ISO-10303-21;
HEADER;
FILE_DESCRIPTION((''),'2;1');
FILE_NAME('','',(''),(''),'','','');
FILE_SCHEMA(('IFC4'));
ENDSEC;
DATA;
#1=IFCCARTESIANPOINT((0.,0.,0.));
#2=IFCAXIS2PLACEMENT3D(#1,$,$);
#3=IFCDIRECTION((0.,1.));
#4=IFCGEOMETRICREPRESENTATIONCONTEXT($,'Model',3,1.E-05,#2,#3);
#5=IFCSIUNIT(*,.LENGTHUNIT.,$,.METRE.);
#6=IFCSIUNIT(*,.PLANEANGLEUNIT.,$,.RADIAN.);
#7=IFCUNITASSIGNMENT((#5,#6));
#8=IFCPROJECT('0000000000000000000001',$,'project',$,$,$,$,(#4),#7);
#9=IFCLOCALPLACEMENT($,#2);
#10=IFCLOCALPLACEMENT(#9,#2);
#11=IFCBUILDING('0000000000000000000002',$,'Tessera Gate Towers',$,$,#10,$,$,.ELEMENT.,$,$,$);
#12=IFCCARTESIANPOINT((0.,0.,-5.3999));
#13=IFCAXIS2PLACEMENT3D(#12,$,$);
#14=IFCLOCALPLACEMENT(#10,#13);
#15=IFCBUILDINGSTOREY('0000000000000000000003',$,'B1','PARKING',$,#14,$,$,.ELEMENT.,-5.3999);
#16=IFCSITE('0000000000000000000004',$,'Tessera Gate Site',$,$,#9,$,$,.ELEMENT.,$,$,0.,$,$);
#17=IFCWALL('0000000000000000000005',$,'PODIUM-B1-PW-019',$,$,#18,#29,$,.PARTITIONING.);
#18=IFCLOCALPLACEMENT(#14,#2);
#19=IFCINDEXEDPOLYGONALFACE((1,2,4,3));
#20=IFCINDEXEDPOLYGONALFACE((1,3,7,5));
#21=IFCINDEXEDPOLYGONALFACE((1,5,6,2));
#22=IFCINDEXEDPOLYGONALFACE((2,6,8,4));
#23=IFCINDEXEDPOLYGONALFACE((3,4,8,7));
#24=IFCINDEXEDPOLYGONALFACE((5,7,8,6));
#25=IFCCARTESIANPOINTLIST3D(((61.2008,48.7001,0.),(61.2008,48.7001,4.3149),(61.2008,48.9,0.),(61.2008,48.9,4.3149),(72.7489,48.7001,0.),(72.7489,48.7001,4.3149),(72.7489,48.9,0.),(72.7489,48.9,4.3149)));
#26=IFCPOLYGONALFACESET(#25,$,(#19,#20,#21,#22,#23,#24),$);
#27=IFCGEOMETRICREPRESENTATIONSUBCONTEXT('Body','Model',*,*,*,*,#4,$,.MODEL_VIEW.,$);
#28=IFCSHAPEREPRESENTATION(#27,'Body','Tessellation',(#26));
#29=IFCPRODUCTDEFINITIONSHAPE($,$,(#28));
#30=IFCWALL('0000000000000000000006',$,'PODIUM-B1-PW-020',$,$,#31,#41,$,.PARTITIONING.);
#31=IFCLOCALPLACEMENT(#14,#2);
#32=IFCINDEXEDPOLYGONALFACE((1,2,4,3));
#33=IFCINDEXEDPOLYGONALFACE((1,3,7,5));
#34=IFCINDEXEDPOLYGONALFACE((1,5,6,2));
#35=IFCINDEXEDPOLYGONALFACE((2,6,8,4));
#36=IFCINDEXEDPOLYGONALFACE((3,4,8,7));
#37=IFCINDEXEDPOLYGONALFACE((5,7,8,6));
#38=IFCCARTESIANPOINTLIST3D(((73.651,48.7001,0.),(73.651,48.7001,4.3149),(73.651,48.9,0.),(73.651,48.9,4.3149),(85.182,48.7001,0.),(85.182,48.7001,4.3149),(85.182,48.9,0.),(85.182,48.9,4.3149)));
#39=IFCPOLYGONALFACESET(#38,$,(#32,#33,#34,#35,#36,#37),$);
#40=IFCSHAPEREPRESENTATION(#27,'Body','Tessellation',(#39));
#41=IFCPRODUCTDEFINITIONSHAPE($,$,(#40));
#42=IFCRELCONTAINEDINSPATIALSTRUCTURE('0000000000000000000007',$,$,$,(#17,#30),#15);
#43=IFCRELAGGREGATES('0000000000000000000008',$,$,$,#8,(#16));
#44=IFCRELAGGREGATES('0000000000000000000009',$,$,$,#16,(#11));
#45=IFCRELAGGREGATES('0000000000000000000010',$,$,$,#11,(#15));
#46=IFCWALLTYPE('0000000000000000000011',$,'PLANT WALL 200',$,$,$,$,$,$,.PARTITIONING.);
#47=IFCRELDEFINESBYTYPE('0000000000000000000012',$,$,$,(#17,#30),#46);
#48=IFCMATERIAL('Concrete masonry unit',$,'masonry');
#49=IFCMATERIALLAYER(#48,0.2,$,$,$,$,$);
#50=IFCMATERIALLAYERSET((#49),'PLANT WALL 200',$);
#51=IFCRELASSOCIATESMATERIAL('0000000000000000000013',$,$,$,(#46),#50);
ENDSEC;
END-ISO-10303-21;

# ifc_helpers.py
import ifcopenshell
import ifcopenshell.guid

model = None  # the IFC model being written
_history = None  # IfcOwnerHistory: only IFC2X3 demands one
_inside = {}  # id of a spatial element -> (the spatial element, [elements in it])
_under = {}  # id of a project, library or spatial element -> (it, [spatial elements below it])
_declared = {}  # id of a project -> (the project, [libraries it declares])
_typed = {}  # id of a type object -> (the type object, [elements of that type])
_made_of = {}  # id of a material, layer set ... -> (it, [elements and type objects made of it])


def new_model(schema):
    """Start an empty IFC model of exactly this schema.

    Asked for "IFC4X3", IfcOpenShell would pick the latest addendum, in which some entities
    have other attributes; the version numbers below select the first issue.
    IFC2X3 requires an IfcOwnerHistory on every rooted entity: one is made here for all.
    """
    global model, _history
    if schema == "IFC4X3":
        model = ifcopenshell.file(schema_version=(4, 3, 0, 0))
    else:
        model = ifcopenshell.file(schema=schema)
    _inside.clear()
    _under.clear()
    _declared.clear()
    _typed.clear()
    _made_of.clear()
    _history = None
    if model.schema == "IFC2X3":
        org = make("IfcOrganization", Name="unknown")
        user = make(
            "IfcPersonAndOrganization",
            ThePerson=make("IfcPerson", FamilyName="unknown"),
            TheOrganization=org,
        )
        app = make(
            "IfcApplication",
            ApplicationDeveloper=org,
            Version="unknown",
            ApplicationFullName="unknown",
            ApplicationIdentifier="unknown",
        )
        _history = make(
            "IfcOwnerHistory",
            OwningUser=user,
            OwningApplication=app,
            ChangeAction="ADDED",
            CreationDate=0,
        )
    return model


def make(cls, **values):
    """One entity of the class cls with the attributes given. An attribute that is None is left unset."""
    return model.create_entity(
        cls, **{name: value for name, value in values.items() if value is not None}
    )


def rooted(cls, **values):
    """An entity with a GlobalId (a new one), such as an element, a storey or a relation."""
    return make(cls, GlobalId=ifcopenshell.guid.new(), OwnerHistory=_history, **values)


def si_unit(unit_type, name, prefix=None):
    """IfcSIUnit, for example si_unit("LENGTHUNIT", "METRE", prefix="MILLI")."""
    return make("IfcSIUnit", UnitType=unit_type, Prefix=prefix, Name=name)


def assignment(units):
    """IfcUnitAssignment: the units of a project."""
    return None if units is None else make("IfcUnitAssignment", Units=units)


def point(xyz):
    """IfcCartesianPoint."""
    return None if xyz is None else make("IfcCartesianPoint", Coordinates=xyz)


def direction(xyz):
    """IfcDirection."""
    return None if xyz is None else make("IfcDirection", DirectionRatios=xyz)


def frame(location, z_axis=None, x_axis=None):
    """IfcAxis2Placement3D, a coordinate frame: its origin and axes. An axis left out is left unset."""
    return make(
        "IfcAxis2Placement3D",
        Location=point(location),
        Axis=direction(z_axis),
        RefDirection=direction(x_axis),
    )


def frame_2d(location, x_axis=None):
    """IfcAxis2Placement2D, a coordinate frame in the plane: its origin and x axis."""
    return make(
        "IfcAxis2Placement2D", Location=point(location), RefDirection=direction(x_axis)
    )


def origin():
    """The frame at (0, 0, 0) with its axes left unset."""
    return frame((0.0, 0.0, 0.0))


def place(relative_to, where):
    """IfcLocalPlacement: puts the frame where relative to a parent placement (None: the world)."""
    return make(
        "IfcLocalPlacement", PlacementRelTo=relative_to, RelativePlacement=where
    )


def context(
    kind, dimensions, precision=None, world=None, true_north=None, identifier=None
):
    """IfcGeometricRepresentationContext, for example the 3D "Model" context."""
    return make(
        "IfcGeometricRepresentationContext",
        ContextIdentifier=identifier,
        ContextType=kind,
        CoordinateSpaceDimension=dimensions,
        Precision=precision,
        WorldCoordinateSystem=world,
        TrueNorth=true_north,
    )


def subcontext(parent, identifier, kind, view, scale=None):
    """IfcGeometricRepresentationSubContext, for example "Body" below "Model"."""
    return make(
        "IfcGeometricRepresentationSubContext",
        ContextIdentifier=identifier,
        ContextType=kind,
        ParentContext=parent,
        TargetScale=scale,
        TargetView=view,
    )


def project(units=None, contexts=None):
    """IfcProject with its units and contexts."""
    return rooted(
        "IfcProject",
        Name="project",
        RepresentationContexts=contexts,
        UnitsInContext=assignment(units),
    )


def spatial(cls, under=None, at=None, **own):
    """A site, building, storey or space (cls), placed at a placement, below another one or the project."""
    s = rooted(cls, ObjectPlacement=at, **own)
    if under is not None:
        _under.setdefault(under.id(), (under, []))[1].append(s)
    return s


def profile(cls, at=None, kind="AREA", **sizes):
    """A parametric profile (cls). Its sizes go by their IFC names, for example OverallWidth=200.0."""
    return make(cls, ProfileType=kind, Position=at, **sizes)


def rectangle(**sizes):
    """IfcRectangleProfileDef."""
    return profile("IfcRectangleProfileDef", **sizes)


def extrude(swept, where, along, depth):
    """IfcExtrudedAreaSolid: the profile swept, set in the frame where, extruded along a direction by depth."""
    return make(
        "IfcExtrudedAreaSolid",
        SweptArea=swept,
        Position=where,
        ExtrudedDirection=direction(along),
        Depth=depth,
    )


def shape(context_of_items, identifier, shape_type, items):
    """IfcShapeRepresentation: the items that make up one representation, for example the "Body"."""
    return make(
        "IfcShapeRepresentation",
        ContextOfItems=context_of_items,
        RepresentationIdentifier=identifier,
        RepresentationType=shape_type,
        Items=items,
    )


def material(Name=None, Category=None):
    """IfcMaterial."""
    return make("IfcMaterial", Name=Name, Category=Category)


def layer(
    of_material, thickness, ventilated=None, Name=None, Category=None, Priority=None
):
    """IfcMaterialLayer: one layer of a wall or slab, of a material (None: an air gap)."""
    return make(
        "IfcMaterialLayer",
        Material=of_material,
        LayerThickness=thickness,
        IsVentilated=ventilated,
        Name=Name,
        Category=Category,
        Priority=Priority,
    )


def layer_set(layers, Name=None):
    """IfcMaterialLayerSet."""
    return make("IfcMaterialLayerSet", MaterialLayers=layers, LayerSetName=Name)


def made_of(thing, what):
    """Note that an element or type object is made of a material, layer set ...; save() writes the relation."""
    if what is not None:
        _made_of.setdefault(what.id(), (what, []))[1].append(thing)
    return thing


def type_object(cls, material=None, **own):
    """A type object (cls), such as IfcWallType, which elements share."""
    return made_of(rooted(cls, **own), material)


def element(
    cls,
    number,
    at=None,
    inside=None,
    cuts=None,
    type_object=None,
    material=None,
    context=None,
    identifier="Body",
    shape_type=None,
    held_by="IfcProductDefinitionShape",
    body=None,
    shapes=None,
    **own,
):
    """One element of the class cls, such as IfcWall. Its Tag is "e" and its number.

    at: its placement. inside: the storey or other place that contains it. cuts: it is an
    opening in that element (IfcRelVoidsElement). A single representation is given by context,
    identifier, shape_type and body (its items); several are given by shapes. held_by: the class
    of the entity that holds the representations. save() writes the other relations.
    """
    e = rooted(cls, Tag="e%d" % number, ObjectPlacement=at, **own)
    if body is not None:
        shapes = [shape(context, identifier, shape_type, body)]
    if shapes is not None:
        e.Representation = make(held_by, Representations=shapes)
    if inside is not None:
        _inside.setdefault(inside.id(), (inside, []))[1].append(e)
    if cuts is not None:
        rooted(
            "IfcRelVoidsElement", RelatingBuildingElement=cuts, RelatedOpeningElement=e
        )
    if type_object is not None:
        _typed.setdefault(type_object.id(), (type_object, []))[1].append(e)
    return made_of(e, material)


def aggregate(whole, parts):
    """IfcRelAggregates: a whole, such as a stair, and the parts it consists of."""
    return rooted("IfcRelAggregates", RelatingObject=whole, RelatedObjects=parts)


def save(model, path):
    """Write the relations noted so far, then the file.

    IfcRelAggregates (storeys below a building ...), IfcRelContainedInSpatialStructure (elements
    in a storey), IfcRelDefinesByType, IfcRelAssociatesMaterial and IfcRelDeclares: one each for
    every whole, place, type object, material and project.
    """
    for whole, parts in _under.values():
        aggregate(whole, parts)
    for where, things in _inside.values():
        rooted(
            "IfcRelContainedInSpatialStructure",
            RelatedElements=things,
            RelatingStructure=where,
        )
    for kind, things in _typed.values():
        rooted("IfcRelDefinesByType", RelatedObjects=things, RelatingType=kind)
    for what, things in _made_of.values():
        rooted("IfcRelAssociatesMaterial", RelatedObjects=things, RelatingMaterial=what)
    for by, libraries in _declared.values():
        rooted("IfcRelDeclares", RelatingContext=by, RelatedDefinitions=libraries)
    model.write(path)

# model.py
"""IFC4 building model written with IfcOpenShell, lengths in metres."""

from ifc_helpers import new_model, si_unit, direction, frame, frame_2d, origin, place, context, subcontext, project, spatial, rectangle, extrude, material, layer, layer_set, type_object, element, save


model = new_model("IFC4")

# Units and contexts
model_context = context("Model", 3, precision=1e-05, world=origin(), true_north=direction((0.0, 1.0)))
body_context = subcontext(model_context, "Body", "Model", "MODEL_VIEW")
ifc_project = project(units=[si_unit("LENGTHUNIT", "METRE"), si_unit("PLANEANGLEUNIT", "RADIAN")], contexts=[model_context])

# Site, building, storey
site_placement = place(None, origin())
site = spatial("IfcSite", under=ifc_project, at=site_placement, Name="Tessera Gate Site", CompositionType="ELEMENT", RefElevation=0.0)
building_placement = place(site_placement, origin())
building = spatial("IfcBuilding", under=site, at=building_placement, Name="Tessera Gate Towers", CompositionType="ELEMENT")
storey_placement = place(building_placement, frame((0.0, 0.0, -5.3999)))
storey = spatial("IfcBuildingStorey", under=building, at=storey_placement, Name="B1", Description="PARKING", CompositionType="ELEMENT", Elevation=-5.3999)

# Shared definitions
ifc_material_1 = material(Name="Concrete masonry unit", Category="masonry")
ifc_layer_1 = layer(ifc_material_1, 0.2)
ifc_layer_set_1 = layer_set([ifc_layer_1], Name="PLANT WALL 200")
wall_type_1 = type_object("IfcWallType", Name="PLANT WALL 200", PredefinedType="PARTITIONING", material=ifc_layer_set_1)

# Walls
wall_1_placement = place(storey_placement, frame((61.2009, 48.8, 0.0), z_axis=(0.0, 0.0, 1.0), x_axis=(1.0, 0.0, 0.0)))
element("IfcWall", 1, at=wall_1_placement, inside=storey, type_object=wall_type_1, Name="PODIUM-B1-PW-019", PredefinedType="PARTITIONING", context=body_context, shape_type="SweptSolid", body=[
    extrude(rectangle(XDim=11.5481, YDim=0.2, at=frame_2d((5.7739, 0.0))), origin(), (0.0, 0.0, 1.0), 4.3149),
])
wall_2_placement = place(storey_placement, frame((73.6509, 48.8, 0.0), z_axis=(0.0, 0.0, 1.0), x_axis=(1.0, 0.0, 0.0)))
element("IfcWall", 2, at=wall_2_placement, inside=storey, type_object=wall_type_1, Name="PODIUM-B1-PW-020", PredefinedType="PARTITIONING", context=body_context, shape_type="SweptSolid", body=[
    extrude(rectangle(XDim=11.531, YDim=0.2, at=frame_2d((5.7656, 0.0))), origin(), (0.0, 0.0, 1.0), 4.3149),
])

save(model, "model.ifc")
